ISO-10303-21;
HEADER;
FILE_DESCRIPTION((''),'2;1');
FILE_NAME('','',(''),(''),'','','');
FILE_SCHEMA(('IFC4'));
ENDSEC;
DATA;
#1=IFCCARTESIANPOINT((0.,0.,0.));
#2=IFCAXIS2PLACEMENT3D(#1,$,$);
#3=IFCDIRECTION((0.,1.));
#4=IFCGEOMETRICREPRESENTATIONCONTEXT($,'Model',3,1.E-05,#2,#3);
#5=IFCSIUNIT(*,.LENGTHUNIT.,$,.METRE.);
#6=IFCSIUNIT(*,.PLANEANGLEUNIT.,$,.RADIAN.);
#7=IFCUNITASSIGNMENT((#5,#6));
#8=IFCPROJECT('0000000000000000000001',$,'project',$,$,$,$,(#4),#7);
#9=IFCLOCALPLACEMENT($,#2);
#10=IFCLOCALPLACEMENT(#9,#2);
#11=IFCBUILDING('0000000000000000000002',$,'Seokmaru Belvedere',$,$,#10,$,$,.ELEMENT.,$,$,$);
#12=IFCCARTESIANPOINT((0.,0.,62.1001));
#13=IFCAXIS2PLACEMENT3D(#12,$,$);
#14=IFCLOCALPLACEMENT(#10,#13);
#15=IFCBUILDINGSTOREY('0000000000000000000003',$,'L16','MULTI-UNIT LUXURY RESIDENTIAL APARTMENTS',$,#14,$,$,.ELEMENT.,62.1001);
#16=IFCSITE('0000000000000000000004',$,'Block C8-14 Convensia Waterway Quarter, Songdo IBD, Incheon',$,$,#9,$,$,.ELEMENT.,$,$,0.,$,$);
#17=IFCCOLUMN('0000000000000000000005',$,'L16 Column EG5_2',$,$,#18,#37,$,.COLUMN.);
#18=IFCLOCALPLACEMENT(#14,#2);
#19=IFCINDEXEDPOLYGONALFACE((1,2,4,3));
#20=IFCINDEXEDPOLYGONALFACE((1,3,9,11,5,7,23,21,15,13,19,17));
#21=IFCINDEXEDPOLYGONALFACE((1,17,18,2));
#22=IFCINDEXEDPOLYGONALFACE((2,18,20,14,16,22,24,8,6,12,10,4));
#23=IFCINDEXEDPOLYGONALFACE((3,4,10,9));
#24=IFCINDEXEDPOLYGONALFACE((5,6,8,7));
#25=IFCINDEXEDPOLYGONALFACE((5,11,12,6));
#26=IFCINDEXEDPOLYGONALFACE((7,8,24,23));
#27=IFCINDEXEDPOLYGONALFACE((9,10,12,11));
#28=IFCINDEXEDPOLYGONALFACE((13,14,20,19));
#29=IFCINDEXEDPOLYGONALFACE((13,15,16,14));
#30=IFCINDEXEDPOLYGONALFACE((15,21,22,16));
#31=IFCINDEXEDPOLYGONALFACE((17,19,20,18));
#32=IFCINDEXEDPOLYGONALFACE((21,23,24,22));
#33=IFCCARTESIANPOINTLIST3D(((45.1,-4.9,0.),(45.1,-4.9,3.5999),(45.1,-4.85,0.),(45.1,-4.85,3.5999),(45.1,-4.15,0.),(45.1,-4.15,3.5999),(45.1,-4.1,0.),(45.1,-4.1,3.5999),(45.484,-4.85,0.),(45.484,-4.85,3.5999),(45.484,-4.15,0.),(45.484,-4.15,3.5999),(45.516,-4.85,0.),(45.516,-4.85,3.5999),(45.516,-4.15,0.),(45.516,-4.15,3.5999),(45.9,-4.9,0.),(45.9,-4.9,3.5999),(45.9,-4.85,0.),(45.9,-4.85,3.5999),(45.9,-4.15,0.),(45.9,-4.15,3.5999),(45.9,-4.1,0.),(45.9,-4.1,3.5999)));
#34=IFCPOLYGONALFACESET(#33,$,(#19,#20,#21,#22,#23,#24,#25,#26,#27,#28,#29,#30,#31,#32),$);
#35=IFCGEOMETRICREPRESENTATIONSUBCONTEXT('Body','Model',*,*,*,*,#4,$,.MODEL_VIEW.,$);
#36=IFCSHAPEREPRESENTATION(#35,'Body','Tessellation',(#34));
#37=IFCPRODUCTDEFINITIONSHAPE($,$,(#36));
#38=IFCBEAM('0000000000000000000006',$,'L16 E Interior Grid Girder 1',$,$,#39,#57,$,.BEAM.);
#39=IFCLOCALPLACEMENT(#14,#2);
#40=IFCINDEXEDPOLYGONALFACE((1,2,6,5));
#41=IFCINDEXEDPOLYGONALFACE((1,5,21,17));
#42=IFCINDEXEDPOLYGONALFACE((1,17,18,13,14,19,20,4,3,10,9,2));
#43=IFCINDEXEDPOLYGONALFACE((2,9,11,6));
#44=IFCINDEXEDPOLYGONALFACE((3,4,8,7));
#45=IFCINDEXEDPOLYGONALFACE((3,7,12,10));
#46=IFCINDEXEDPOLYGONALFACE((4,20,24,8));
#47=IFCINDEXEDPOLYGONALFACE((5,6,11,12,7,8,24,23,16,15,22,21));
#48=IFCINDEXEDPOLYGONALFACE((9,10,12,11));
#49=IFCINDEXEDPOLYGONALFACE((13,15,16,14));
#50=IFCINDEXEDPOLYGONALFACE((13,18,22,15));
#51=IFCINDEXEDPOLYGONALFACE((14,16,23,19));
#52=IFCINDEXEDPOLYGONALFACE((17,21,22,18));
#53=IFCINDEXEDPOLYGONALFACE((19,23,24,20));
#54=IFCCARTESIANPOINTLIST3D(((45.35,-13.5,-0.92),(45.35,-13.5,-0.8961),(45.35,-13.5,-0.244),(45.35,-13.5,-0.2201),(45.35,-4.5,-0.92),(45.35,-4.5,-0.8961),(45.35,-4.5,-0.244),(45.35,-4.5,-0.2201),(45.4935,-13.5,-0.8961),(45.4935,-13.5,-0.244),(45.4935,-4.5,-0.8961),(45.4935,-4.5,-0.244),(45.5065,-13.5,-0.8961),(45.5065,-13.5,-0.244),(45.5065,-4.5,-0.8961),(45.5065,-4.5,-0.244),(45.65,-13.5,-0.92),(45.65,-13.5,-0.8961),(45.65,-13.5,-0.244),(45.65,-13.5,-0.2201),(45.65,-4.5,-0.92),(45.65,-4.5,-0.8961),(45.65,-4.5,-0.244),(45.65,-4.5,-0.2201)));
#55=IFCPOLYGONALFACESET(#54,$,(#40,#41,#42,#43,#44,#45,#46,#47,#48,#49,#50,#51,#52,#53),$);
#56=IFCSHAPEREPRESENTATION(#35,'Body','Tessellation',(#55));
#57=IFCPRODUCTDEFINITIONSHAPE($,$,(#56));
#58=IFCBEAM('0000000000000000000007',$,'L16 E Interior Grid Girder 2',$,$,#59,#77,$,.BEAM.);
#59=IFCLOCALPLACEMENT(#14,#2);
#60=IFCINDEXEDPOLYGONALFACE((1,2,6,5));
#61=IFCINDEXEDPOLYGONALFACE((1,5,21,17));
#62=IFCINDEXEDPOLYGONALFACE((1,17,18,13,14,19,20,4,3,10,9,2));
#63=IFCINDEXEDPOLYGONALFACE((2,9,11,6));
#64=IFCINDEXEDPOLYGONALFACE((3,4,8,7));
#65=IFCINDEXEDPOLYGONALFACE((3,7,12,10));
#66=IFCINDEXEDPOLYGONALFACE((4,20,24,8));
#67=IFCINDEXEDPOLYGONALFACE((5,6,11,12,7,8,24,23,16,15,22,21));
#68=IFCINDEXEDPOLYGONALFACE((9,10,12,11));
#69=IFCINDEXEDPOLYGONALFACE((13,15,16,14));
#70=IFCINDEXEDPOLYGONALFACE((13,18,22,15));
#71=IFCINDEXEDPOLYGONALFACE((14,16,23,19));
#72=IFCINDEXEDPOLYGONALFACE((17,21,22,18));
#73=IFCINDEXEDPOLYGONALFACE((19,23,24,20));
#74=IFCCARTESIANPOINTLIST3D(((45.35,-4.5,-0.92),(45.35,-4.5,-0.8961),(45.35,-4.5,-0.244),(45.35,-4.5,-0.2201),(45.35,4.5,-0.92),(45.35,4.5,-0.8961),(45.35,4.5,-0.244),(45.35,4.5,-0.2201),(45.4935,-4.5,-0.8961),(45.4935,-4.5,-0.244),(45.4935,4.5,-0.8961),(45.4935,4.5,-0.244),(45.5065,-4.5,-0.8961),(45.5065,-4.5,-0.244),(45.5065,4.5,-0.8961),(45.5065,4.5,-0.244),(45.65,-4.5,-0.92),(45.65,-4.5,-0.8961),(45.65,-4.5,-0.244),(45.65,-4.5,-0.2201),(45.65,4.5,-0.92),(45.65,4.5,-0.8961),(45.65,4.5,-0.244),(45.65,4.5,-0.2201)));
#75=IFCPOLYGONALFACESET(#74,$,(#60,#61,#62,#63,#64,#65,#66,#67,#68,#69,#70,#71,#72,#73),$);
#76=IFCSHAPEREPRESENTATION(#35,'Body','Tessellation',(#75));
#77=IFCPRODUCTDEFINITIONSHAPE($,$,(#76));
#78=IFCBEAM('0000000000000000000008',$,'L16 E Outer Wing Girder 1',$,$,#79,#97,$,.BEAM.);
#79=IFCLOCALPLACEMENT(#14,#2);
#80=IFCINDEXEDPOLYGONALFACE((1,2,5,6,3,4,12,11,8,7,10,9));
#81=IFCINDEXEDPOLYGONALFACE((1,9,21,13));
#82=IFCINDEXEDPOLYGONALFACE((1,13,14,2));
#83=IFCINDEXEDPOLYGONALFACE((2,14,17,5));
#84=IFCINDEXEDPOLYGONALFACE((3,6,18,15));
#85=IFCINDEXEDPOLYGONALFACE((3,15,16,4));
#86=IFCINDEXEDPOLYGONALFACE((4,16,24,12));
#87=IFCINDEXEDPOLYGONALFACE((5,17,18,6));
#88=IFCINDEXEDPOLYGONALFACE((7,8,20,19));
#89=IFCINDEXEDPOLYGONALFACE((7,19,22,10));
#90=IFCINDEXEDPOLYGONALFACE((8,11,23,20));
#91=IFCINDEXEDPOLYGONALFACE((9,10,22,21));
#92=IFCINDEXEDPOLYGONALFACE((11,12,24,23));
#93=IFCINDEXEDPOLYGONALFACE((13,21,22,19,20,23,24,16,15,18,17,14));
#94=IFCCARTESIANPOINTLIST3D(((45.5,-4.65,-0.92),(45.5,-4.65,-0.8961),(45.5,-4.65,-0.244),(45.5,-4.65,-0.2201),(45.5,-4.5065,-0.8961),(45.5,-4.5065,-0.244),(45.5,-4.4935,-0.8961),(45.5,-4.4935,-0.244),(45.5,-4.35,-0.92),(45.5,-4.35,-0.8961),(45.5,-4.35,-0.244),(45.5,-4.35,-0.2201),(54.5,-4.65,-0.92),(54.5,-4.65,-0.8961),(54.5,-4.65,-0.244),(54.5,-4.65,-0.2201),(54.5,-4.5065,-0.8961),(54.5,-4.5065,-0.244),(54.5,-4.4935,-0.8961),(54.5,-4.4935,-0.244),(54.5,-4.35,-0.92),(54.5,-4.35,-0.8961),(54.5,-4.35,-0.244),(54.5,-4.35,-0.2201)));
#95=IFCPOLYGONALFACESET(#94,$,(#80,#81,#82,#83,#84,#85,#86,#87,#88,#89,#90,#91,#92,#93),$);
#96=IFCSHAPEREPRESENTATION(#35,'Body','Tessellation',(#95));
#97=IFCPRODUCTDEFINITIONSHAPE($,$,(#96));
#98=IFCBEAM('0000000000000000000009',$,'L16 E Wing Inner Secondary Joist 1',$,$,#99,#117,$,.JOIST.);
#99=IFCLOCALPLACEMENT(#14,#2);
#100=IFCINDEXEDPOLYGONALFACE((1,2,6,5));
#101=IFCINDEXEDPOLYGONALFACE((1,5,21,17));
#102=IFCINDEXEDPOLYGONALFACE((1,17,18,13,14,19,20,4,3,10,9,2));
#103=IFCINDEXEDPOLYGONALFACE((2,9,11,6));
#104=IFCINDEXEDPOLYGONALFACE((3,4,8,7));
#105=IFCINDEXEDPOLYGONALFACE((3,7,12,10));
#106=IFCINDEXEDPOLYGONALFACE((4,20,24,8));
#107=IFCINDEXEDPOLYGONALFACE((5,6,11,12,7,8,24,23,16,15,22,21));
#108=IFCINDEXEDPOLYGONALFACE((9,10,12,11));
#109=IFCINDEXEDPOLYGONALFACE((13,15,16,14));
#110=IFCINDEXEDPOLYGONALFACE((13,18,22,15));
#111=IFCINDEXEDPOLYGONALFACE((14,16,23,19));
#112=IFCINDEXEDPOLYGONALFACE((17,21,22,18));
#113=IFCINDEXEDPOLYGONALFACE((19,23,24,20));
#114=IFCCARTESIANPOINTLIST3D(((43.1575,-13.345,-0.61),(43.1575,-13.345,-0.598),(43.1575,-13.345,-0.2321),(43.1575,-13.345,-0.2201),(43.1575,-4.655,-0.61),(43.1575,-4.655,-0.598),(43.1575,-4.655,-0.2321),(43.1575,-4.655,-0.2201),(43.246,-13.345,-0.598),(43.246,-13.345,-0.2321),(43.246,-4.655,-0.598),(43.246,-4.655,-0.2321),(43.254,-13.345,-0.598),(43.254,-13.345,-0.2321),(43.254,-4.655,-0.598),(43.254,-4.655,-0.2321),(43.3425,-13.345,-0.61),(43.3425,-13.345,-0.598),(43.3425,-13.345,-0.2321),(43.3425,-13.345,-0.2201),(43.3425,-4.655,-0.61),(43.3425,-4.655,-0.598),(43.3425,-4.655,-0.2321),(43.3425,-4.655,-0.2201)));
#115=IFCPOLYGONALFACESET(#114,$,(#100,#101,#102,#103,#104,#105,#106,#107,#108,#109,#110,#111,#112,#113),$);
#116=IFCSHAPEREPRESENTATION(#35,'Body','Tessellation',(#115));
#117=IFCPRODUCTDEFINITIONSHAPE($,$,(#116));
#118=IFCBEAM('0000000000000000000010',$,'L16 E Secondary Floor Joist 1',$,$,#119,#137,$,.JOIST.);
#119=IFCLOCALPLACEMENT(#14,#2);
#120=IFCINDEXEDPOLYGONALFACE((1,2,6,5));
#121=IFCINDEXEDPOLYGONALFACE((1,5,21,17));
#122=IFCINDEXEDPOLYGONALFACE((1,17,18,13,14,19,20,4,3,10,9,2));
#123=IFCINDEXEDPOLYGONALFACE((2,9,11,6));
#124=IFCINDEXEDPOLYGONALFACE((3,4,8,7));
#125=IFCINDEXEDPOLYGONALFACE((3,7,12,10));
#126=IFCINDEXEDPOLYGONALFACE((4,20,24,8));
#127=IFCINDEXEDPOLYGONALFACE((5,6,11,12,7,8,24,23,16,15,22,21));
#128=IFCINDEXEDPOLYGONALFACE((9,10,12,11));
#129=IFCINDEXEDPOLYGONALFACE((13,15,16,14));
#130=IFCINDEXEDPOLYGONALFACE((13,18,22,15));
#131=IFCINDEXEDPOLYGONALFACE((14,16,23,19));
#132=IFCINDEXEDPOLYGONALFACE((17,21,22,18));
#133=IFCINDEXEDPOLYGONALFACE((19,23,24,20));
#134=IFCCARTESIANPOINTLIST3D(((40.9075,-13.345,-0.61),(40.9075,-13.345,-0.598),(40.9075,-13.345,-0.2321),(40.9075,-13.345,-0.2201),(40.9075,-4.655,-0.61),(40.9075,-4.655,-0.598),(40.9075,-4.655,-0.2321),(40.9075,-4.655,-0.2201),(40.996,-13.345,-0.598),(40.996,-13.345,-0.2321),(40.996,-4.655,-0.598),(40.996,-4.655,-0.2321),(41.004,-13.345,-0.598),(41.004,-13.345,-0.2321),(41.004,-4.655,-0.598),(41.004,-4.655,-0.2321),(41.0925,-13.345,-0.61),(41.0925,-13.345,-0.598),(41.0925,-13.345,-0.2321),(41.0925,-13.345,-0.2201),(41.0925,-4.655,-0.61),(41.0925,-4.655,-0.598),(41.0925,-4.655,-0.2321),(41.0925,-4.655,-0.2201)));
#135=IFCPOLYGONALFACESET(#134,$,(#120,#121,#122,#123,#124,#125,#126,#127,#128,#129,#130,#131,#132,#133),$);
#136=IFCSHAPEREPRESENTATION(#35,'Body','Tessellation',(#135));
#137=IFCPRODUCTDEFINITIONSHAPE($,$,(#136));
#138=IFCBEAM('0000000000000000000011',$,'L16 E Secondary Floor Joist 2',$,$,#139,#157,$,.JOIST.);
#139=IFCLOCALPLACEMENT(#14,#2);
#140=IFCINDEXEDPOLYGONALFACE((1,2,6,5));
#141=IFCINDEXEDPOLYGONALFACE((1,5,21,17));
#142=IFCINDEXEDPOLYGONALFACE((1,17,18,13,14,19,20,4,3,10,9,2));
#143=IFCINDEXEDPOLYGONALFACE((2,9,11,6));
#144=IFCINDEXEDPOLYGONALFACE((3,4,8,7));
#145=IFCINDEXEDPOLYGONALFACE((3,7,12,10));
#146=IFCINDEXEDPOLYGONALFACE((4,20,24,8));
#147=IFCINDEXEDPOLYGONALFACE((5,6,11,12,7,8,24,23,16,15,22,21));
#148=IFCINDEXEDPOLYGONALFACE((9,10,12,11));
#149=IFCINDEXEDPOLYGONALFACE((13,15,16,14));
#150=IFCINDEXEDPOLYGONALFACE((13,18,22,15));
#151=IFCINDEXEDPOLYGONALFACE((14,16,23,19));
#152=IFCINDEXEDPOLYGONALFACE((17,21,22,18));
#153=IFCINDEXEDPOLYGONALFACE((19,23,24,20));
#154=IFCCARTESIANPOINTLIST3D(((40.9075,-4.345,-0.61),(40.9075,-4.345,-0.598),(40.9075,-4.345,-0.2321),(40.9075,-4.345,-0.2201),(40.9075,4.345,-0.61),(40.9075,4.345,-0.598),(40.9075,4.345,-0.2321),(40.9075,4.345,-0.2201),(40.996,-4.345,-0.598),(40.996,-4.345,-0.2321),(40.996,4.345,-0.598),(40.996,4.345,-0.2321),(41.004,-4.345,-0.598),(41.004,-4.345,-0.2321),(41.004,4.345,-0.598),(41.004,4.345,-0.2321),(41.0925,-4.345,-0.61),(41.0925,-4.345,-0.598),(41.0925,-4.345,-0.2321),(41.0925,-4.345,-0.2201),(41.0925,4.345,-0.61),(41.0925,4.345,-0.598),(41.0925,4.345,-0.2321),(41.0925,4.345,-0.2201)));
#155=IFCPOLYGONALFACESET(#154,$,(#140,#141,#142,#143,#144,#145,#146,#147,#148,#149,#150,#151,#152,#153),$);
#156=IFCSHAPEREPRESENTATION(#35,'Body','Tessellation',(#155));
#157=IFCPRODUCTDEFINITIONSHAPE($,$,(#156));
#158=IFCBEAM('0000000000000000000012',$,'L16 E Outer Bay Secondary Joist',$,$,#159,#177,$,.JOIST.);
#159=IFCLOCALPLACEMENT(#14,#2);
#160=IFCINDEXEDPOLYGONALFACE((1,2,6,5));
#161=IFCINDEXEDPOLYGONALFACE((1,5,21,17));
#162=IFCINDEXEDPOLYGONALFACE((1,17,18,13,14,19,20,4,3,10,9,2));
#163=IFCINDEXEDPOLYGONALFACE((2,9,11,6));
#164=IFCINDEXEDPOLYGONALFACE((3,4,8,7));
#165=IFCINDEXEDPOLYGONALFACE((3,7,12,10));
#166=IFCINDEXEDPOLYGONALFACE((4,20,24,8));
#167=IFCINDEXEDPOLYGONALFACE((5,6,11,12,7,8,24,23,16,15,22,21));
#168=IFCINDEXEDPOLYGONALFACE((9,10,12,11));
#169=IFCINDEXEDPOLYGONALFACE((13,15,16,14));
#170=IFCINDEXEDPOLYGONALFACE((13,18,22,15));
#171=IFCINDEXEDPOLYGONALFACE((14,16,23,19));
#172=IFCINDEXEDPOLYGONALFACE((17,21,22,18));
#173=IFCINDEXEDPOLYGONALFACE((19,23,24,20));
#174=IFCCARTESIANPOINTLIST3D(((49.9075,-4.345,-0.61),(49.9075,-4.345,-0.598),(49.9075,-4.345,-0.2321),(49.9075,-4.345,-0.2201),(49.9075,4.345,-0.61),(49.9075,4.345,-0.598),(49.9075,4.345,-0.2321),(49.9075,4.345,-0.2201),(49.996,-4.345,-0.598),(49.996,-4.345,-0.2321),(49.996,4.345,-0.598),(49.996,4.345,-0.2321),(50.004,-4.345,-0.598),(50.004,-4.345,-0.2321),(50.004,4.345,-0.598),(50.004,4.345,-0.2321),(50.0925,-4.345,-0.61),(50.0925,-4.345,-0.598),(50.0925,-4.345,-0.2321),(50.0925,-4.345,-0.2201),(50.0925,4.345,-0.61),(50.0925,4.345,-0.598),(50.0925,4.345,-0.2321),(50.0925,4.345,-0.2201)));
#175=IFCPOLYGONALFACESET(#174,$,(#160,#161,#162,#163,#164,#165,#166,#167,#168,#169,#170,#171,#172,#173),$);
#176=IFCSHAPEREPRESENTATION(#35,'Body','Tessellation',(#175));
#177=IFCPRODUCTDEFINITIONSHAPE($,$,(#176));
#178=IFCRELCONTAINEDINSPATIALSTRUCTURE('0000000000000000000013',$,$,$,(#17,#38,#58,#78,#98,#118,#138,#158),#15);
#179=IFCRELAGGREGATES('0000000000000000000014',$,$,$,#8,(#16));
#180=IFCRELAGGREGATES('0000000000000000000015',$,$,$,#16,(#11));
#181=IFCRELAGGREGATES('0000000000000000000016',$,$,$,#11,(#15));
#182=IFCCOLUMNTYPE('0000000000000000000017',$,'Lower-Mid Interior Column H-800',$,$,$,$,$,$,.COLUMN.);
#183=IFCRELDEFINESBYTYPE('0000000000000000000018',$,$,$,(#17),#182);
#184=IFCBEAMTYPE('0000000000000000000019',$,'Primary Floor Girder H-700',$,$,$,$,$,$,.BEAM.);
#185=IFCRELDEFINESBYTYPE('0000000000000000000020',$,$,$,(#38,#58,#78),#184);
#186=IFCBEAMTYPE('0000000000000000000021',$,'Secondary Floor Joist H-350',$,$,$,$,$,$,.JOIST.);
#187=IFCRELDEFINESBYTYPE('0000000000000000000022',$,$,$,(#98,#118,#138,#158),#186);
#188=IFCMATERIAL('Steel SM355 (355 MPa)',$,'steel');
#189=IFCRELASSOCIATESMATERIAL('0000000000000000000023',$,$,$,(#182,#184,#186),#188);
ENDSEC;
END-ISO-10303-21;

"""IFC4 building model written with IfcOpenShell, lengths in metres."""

from ifc_helpers import new_model, si_unit, direction, frame, origin, origin_2d, place, context, subcontext, project, spatial, i_section, extrude, source, transform, mapped, material, material_profile, profile_set, type_object, type_shapes, element, save


model = new_model("IFC4")

# Units and contexts
model_context = context("Model", 3, precision=1e-05, world=origin(), true_north=direction((0.0, 1.0)))
body_context = subcontext(model_context, "Body", "Model", "MODEL_VIEW")
ifc_project = project(units=[si_unit("LENGTHUNIT", "METRE"), si_unit("PLANEANGLEUNIT", "RADIAN")], contexts=[model_context])

# Site, building, storey
site_placement = place(None, origin())
site = spatial("IfcSite", under=ifc_project, at=site_placement, Name="Block C8-14 Convensia Waterway Quarter, Songdo IBD, Incheon", CompositionType="ELEMENT", RefElevation=0.0)
building_placement = place(site_placement, origin())
building = spatial("IfcBuilding", under=site, at=building_placement, Name="Seokmaru Belvedere", CompositionType="ELEMENT")
storey_placement = place(building_placement, frame((0.0, 0.0, 62.1001)))
storey = spatial("IfcBuildingStorey", under=building, at=storey_placement, Name="L16", Description="MULTI-UNIT LUXURY RESIDENTIAL APARTMENTS", CompositionType="ELEMENT", Elevation=62.1001)

# Column
ifc_material_1 = material(Name="Steel SM355 (355 MPa)", Category="steel")
ifc_material_profile_1 = material_profile(ifc_material_1, i_section(OverallWidth=0.8, OverallDepth=0.8, WebThickness=0.032, FlangeThickness=0.05, at=origin_2d()), Name="H-800x800x32x50")
ifc_profile_set_1 = profile_set([ifc_material_profile_1], Name="Steel SM355 (355 MPa)")
column_type = type_object("IfcColumnType", Name="Lower-Mid Interior Column H-800", PredefinedType="COLUMN", material=ifc_profile_set_1)
shared_shape_1 = source(origin(), body_context, "Body", "SweptSolid", [
    extrude(i_section(OverallWidth=0.8, OverallDepth=0.8, WebThickness=0.032, FlangeThickness=0.05, at=origin_2d()), origin(), (0.0, 0.0, 1.0), 3.5999),
])
type_shapes(column_type, [shared_shape_1])
column_placement = place(storey_placement, frame((45.5, -4.5, 0.0), z_axis=(0.0, 0.0, 1.0), x_axis=(1.0, 0.0, 0.0)))
element("IfcColumn", 1, at=column_placement, inside=storey, type_object=column_type, Name="L16 Column EG5_2", PredefinedType="COLUMN", context=body_context, shape_type="MappedRepresentation", body=[
    mapped(shared_shape_1, transform((0.0, 0.0, 0.0), scale=1.0)),
])

# Beams
ifc_material_profile_2 = material_profile(ifc_material_1, i_section(OverallWidth=0.3, OverallDepth=0.7, WebThickness=0.0129, FlangeThickness=0.0239, at=origin_2d()), Name="H-700x300x13x24")
ifc_profile_set_2 = profile_set([ifc_material_profile_2], Name="Steel SM355 (355 MPa)")
beam_type_1 = type_object("IfcBeamType", Name="Primary Floor Girder H-700", PredefinedType="BEAM", material=ifc_profile_set_2)
shared_shape_2 = source(origin(), body_context, "Body", "SweptSolid", [
    extrude(i_section(OverallWidth=0.3, OverallDepth=0.7, WebThickness=0.0129, FlangeThickness=0.0239, at=origin_2d()), origin(), (0.0, 0.0, 1.0), 9.0),
])
type_shapes(beam_type_1, [shared_shape_2])
for number, where, z_axis, x_axis, name in (
    (2, (45.5, -13.5, -0.5701), (0.0, 1.0, 0.0), (-1.0, 0.0, 0.0), "L16 E Interior Grid Girder 1"),
    (3, (45.5, -4.5, -0.5701), (0.0, 1.0, 0.0), (-1.0, 0.0, 0.0), "L16 E Interior Grid Girder 2"),
    (4, (45.5, -4.5, -0.5701), (1.0, 0.0, 0.0), (0.0, 1.0, 0.0), "L16 E Outer Wing Girder 1"),
):
    element("IfcBeam", number, at=place(storey_placement, frame(where, z_axis=z_axis, x_axis=x_axis)), inside=storey, type_object=beam_type_1, Name=name, PredefinedType="BEAM", context=body_context, shape_type="MappedRepresentation", body=[
        mapped(shared_shape_2, transform((0.0, 0.0, 0.0), scale=1.0)),
    ])
ifc_material_profile_3 = material_profile(ifc_material_1, i_section(OverallWidth=0.1851, OverallDepth=0.3899, WebThickness=0.0081, FlangeThickness=0.012, at=origin_2d()), Name="H-390x185x8x12")
ifc_profile_set_3 = profile_set([ifc_material_profile_3], Name="Steel SM355 (355 MPa)")
beam_type_2 = type_object("IfcBeamType", Name="Secondary Floor Joist H-350", PredefinedType="JOIST", material=ifc_profile_set_3)
shared_shape_3 = source(origin(), body_context, "Body", "SweptSolid", [
    extrude(i_section(OverallWidth=0.1851, OverallDepth=0.3899, WebThickness=0.0081, FlangeThickness=0.012, at=origin_2d()), origin(), (0.0, 0.0, 1.0), 8.6899),
])
type_shapes(beam_type_2, [shared_shape_3])
for number, where, z_axis, x_axis, name in (
    (5, (43.25, -13.345, -0.415), (0.0, 1.0, 0.0), (-1.0, 0.0, 0.0), "L16 E Wing Inner Secondary Joist 1"),
    (6, (41.0, -13.345, -0.415), (0.0, 1.0, 0.0), (-1.0, 0.0, 0.0), "L16 E Secondary Floor Joist 1"),
    (7, (41.0, -4.345, -0.415), (0.0, 1.0, 0.0), (-1.0, 0.0, 0.0), "L16 E Secondary Floor Joist 2"),
    (8, (50.0, -4.345, -0.415), (0.0, 1.0, 0.0), (-1.0, 0.0, 0.0), "L16 E Outer Bay Secondary Joist"),
):
    element("IfcBeam", number, at=place(storey_placement, frame(where, z_axis=z_axis, x_axis=x_axis)), inside=storey, type_object=beam_type_2, Name=name, PredefinedType="JOIST", context=body_context, shape_type="MappedRepresentation", body=[
        mapped(shared_shape_3, transform((0.0, 0.0, 0.0), scale=1.0)),
    ])

save(model, "model.ifc")
